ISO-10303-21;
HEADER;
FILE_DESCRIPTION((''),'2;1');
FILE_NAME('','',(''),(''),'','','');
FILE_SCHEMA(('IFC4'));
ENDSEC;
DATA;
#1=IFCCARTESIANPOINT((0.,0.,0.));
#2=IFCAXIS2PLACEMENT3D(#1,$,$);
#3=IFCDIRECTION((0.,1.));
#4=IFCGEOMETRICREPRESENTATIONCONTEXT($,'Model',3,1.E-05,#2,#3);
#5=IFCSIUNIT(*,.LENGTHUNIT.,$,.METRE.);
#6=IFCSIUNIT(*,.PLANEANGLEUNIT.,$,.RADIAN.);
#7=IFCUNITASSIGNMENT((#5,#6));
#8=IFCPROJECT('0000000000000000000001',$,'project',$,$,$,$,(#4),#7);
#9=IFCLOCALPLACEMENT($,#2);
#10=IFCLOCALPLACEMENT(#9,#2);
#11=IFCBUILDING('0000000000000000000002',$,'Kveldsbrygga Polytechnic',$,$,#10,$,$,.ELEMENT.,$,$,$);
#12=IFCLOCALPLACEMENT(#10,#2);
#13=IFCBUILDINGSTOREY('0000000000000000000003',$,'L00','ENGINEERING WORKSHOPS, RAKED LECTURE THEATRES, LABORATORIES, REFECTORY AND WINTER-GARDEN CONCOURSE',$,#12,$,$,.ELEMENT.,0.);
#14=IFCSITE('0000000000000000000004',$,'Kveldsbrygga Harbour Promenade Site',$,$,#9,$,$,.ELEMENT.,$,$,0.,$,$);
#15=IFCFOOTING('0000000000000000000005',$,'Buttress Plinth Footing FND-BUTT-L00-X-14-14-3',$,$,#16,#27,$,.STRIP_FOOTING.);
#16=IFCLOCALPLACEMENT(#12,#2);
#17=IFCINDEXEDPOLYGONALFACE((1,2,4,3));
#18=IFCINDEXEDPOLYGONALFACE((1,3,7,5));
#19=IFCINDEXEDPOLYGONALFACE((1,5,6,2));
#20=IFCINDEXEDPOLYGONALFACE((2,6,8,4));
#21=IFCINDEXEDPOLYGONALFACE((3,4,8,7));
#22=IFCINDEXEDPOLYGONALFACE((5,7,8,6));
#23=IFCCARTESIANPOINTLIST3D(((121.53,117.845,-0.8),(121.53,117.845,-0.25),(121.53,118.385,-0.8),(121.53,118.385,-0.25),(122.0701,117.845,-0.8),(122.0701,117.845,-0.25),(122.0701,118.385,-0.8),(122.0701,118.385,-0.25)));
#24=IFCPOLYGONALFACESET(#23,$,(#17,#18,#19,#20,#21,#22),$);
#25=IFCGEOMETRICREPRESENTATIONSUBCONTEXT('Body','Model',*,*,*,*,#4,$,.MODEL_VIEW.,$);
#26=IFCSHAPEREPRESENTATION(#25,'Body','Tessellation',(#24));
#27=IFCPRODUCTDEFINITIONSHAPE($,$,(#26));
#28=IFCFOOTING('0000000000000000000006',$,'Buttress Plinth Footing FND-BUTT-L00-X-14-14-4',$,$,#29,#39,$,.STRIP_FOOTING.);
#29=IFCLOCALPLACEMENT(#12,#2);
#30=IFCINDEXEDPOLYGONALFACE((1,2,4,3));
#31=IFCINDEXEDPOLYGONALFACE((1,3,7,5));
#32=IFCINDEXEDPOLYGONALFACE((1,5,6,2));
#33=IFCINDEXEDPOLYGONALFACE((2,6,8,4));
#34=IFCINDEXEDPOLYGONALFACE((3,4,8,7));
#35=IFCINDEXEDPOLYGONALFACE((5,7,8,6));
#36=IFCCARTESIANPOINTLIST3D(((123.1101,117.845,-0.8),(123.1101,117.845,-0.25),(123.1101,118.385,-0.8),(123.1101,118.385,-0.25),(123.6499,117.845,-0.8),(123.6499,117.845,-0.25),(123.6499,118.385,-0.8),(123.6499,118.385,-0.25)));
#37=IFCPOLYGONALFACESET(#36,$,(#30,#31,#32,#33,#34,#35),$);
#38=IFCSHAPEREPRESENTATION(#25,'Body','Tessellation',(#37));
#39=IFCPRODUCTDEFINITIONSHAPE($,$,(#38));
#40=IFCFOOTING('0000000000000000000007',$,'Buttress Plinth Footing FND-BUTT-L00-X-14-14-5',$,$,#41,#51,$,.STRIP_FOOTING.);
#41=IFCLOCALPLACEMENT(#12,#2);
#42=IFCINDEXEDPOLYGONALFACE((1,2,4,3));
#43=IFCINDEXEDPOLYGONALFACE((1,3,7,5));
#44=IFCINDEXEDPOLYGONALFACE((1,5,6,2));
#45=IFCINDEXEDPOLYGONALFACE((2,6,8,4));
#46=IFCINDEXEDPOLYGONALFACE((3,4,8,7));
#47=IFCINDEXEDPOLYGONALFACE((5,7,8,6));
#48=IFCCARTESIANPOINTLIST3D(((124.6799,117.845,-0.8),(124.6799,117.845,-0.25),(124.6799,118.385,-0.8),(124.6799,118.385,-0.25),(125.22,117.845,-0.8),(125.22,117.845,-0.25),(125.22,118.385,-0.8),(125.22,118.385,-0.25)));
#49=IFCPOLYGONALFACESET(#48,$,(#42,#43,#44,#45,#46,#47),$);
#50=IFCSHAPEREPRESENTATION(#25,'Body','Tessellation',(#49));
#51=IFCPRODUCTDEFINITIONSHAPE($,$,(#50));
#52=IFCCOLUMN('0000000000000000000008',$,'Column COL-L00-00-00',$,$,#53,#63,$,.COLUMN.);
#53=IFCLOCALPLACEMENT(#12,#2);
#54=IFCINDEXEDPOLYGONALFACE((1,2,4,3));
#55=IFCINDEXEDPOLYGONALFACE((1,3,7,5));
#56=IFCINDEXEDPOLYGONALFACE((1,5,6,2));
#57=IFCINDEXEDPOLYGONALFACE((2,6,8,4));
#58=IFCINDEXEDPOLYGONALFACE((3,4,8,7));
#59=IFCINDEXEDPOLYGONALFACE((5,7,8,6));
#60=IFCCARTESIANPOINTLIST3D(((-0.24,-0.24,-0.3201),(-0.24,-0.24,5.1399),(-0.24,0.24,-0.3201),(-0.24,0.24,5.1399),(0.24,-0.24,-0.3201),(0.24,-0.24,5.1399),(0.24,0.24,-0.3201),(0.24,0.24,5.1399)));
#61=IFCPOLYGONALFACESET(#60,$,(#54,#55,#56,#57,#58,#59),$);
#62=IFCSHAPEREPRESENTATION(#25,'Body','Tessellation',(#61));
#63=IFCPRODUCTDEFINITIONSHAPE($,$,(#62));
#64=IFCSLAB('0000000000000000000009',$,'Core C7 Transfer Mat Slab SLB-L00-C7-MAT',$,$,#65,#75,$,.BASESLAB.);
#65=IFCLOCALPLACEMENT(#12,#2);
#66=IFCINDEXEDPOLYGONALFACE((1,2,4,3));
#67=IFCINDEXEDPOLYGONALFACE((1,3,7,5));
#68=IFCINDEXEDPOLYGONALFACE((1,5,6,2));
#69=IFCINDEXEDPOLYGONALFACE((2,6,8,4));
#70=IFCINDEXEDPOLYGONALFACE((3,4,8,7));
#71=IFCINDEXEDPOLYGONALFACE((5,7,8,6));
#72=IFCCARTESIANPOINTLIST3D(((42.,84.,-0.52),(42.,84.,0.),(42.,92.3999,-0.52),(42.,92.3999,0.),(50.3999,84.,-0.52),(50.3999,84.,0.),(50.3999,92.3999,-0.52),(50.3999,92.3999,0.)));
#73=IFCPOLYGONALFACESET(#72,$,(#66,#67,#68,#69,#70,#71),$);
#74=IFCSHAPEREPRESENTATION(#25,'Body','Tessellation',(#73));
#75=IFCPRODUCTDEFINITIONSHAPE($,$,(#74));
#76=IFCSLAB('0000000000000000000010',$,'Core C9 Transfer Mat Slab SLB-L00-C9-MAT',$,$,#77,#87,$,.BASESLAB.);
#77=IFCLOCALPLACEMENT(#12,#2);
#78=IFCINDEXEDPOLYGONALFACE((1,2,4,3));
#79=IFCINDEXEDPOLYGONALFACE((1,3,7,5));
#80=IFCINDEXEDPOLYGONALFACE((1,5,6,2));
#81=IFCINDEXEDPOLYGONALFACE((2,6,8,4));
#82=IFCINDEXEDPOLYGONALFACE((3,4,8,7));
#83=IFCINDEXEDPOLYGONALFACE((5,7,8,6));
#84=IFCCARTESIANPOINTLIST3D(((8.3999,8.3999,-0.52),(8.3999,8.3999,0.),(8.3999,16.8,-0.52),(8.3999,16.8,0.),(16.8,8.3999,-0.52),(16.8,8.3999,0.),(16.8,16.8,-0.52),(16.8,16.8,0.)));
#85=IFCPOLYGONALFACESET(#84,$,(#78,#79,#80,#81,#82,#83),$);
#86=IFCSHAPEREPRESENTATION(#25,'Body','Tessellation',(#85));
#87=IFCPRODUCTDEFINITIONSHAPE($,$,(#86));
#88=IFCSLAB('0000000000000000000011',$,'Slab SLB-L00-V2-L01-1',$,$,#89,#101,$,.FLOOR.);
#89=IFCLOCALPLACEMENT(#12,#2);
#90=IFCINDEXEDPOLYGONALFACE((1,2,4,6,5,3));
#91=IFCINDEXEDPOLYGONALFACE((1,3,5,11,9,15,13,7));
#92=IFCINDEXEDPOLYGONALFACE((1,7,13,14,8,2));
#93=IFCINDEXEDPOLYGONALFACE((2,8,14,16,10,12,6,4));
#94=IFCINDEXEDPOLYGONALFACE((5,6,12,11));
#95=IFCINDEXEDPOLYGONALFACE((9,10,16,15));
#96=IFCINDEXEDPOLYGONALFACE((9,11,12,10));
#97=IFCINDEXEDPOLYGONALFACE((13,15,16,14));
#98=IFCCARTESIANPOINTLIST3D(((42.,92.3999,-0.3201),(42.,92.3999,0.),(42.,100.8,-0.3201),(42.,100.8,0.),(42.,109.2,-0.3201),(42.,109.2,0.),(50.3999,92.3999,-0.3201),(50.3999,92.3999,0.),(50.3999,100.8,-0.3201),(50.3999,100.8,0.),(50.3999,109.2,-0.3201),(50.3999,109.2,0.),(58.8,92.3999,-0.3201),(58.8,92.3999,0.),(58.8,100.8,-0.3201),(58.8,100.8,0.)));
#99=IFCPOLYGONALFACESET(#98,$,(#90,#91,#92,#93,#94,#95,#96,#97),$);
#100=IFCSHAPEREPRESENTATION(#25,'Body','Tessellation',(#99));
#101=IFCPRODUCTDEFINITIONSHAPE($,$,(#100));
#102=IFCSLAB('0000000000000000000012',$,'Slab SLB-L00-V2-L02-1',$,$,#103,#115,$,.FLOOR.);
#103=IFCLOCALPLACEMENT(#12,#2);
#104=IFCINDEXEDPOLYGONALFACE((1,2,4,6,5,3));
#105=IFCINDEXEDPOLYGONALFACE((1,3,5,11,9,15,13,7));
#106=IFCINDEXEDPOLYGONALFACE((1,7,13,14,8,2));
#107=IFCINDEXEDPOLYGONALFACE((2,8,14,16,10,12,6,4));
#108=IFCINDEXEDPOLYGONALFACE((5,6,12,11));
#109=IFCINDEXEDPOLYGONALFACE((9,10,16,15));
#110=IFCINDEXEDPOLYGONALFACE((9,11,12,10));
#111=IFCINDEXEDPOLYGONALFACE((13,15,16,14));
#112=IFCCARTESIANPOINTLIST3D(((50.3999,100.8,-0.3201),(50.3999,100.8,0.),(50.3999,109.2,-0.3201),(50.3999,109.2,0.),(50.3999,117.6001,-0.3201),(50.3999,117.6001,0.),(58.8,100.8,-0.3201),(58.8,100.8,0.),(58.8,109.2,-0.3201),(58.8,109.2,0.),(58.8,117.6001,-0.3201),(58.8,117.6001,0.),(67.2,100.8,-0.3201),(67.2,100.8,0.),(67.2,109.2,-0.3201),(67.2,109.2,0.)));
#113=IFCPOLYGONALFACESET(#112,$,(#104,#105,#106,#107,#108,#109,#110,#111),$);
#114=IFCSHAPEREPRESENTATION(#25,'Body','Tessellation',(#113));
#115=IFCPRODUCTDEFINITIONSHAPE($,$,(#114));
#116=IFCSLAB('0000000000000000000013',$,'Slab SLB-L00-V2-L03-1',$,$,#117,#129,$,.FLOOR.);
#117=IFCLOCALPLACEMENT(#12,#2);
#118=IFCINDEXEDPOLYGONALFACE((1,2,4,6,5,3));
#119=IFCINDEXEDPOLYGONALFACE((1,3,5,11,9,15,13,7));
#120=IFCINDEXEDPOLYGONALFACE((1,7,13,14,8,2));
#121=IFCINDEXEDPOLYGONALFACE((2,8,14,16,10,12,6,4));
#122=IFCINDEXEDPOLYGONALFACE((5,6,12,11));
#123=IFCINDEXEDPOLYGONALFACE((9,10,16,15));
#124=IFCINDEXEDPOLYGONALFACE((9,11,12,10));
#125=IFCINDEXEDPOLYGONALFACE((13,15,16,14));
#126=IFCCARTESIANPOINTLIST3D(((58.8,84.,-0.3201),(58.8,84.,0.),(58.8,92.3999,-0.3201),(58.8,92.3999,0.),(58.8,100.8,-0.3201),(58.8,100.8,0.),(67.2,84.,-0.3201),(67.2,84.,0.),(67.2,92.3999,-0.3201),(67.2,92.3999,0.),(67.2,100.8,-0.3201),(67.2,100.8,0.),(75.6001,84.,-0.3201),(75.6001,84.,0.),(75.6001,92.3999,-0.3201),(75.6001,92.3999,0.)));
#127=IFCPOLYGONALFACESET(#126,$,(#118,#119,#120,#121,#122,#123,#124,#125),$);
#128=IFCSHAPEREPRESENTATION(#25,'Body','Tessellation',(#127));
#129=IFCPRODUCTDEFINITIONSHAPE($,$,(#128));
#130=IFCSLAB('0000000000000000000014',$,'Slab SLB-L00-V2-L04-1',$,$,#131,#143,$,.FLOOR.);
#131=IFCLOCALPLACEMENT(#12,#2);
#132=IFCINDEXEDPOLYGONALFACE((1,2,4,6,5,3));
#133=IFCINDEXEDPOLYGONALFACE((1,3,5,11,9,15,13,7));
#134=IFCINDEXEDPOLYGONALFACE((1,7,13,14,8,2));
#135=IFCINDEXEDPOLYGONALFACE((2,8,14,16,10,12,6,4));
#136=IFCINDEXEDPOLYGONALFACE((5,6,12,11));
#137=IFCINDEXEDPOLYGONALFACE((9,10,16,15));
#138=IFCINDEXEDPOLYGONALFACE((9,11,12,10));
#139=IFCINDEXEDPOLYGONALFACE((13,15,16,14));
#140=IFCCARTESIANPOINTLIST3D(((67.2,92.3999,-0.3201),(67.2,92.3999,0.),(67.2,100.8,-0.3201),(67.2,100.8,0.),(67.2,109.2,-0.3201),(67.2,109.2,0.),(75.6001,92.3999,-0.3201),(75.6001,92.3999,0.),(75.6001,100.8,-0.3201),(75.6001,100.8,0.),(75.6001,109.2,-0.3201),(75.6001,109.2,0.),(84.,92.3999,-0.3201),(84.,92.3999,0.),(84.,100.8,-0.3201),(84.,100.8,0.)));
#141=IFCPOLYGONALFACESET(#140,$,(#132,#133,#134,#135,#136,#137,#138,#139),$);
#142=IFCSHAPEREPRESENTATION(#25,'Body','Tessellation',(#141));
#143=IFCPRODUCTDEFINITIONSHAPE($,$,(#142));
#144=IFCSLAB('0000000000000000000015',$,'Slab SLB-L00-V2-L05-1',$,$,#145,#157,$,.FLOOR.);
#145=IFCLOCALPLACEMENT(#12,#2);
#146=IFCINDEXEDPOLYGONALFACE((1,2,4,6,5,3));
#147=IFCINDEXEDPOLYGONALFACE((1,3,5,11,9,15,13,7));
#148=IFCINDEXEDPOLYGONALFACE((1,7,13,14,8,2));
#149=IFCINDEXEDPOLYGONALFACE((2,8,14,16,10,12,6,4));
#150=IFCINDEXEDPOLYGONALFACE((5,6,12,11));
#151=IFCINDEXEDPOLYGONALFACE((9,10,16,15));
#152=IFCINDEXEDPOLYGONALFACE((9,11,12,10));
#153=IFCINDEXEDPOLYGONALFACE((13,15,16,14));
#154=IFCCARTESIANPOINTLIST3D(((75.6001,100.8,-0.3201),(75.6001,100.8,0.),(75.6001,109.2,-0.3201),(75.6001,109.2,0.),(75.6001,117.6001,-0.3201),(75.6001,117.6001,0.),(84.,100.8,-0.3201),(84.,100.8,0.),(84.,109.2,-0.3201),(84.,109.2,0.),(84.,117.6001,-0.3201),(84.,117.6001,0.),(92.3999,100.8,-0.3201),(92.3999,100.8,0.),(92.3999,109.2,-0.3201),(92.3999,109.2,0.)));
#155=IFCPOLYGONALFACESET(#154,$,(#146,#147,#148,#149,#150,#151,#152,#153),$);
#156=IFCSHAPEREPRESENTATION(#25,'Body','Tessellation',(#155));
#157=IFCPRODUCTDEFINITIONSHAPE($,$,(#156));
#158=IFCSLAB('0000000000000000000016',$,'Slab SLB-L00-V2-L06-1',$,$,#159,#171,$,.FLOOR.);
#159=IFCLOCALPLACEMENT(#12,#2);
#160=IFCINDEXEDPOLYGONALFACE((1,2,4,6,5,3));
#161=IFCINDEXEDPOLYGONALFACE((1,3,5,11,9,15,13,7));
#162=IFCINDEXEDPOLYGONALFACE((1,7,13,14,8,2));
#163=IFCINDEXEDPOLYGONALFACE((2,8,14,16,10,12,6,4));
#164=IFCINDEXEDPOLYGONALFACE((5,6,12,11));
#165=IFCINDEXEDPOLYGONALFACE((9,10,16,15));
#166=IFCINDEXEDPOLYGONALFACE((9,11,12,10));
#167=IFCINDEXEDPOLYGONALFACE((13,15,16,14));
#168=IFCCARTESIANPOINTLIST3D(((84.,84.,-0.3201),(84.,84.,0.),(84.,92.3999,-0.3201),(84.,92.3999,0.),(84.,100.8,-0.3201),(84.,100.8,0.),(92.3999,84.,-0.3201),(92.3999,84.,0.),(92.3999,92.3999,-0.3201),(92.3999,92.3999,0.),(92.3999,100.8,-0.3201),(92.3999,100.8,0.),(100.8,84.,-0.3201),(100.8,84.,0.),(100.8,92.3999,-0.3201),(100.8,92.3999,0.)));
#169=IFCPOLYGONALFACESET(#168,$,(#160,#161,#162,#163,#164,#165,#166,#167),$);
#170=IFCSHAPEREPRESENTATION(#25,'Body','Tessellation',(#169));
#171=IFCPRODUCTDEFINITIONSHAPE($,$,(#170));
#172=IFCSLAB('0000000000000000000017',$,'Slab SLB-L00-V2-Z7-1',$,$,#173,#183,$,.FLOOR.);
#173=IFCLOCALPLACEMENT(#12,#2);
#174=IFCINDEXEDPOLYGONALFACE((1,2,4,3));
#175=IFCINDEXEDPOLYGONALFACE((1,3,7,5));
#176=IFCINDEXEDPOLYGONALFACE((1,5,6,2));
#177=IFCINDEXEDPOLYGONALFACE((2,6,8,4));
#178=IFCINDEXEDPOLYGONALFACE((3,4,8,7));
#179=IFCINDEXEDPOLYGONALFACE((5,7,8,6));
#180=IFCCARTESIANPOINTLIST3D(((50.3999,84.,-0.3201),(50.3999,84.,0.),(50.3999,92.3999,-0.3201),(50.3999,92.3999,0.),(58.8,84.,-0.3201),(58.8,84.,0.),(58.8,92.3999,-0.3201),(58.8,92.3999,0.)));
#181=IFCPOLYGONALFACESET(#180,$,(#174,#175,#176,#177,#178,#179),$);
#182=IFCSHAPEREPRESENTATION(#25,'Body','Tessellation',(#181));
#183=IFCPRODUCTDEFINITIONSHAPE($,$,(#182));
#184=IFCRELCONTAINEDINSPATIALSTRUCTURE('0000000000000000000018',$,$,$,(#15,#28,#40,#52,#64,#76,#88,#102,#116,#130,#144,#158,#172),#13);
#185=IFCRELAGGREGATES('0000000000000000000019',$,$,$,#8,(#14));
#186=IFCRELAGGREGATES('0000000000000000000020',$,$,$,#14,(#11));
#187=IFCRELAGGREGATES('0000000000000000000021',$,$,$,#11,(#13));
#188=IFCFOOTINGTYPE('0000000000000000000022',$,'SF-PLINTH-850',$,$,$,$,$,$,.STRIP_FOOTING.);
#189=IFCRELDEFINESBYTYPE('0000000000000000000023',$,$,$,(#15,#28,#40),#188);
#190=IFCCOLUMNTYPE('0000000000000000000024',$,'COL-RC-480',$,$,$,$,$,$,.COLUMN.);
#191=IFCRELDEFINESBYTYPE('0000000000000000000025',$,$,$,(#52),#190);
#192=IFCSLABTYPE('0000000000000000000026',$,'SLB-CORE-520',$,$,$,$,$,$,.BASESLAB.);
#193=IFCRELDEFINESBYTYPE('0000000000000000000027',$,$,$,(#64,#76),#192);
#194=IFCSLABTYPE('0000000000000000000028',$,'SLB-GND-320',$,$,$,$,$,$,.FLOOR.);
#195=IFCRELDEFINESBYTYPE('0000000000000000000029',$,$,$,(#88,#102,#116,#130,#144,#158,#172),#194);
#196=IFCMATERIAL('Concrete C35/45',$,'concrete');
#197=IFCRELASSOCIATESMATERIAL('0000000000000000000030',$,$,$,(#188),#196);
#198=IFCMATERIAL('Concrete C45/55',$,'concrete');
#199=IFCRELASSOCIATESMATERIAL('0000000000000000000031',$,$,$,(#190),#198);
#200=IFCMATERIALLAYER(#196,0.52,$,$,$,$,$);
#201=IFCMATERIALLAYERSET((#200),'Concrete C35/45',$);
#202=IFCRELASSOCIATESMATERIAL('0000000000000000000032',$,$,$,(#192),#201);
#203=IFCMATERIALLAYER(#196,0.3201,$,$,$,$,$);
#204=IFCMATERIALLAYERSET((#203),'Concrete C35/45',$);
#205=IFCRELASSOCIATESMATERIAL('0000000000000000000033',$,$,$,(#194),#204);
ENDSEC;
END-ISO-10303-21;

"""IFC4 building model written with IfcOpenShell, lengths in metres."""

from ifc_helpers import new_model, si_unit, direction, frame, origin, origin_2d, place, context, subcontext, project, spatial, polyline, rectangle, outline, extrude, material, layer, layer_set, material_profile, profile_set, type_object, element, save


model = new_model("IFC4")

# Units and contexts
model_context = context("Model", 3, precision=1e-05, world=origin(), true_north=direction((0.0, 1.0)))
body_context = subcontext(model_context, "Body", "Model", "MODEL_VIEW")
ifc_project = project(units=[si_unit("LENGTHUNIT", "METRE"), si_unit("PLANEANGLEUNIT", "RADIAN")], contexts=[model_context])

# Site, building, storey
site_placement = place(None, origin())
site = spatial("IfcSite", under=ifc_project, at=site_placement, Name="Kveldsbrygga Harbour Promenade Site", CompositionType="ELEMENT", RefElevation=0.0)
building_placement = place(site_placement, origin())
building = spatial("IfcBuilding", under=site, at=building_placement, Name="Kveldsbrygga Polytechnic", CompositionType="ELEMENT")
storey_placement = place(building_placement, origin())
storey = spatial("IfcBuildingStorey", under=building, at=storey_placement, Name="L00", Description="ENGINEERING WORKSHOPS, RAKED LECTURE THEATRES, LABORATORIES, REFECTORY AND WINTER-GARDEN CONCOURSE", CompositionType="ELEMENT", Elevation=0.0)

# Footings
ifc_material_1 = material(Name="Concrete C35/45", Category="concrete")
footing_type = type_object("IfcFootingType", Name="SF-PLINTH-850", PredefinedType="STRIP_FOOTING", material=ifc_material_1)
footing_1_placement = place(storey_placement, frame((0.0, 0.0, -0.8)))
element("IfcFooting", 1, at=footing_1_placement, inside=storey, type_object=footing_type, Name="Buttress Plinth Footing FND-BUTT-L00-X-14-14-3", PredefinedType="STRIP_FOOTING", context=body_context, shape_type="SweptSolid", body=[
    extrude(outline(polyline([(121.53, 117.845), (122.0701, 117.845), (122.0701, 118.385), (121.53, 118.385), (121.53, 117.845)])), origin(), (0.0, 0.0, 1.0), 0.55),
])
footing_2_placement = place(storey_placement, frame((0.0, 0.0, -0.8)))
element("IfcFooting", 2, at=footing_2_placement, inside=storey, type_object=footing_type, Name="Buttress Plinth Footing FND-BUTT-L00-X-14-14-4", PredefinedType="STRIP_FOOTING", context=body_context, shape_type="SweptSolid", body=[
    extrude(outline(polyline([(123.1101, 117.845), (123.6499, 117.845), (123.6499, 118.385), (123.1101, 118.385), (123.1101, 117.845)])), origin(), (0.0, 0.0, 1.0), 0.55),
])
footing_3_placement = place(storey_placement, frame((0.0, 0.0, -0.8)))
element("IfcFooting", 3, at=footing_3_placement, inside=storey, type_object=footing_type, Name="Buttress Plinth Footing FND-BUTT-L00-X-14-14-5", PredefinedType="STRIP_FOOTING", context=body_context, shape_type="SweptSolid", body=[
    extrude(outline(polyline([(124.6799, 117.845), (125.22, 117.845), (125.22, 118.385), (124.6799, 118.385), (124.6799, 117.845)])), origin(), (0.0, 0.0, 1.0), 0.55),
])

# Column
ifc_material_2 = material(Name="Concrete C45/55", Category="concrete")
ifc_material_profile = material_profile(ifc_material_2, rectangle(XDim=0.48, YDim=0.48, at=origin_2d()), Name="RC 480x480")
ifc_profile_set = profile_set([ifc_material_profile], Name="Concrete C45/55")
column_type = type_object("IfcColumnType", Name="COL-RC-480", PredefinedType="COLUMN", material=ifc_profile_set)
column_placement = place(storey_placement, frame((0.0, 0.0, -0.3201), z_axis=(0.0, 0.0, 1.0), x_axis=(1.0, 0.0, 0.0)))
element("IfcColumn", 4, at=column_placement, inside=storey, type_object=column_type, Name="Column COL-L00-00-00", PredefinedType="COLUMN", context=body_context, shape_type="SweptSolid", body=[
    extrude(rectangle(XDim=0.48, YDim=0.48, at=origin_2d()), origin(), (0.0, 0.0, 1.0), 5.46),
])

# Slabs
ifc_layer_1 = layer(ifc_material_1, 0.52)
ifc_layer_set_1 = layer_set([ifc_layer_1], Name="Concrete C35/45")
slab_type_1 = type_object("IfcSlabType", Name="SLB-CORE-520", PredefinedType="BASESLAB", material=ifc_layer_set_1)
slab_1_placement = place(storey_placement, frame((0.0, 0.0, -0.52)))
element("IfcSlab", 5, at=slab_1_placement, inside=storey, type_object=slab_type_1, Name="Core C7 Transfer Mat Slab SLB-L00-C7-MAT", PredefinedType="BASESLAB", context=body_context, shape_type="SweptSolid", body=[
    extrude(outline(polyline([(42.0, 84.0), (50.3999, 84.0), (50.3999, 92.3999), (42.0, 92.3999), (42.0, 84.0)])), origin(), (0.0, 0.0, 1.0), 0.52),
])
slab_2_placement = place(storey_placement, frame((0.0, 0.0, -0.52)))
element("IfcSlab", 6, at=slab_2_placement, inside=storey, type_object=slab_type_1, Name="Core C9 Transfer Mat Slab SLB-L00-C9-MAT", PredefinedType="BASESLAB", context=body_context, shape_type="SweptSolid", body=[
    extrude(outline(polyline([(8.3999, 8.3999), (16.8, 8.3999), (16.8, 16.8), (8.3999, 16.8), (8.3999, 8.3999)])), origin(), (0.0, 0.0, 1.0), 0.52),
])
ifc_layer_2 = layer(ifc_material_1, 0.3201)
ifc_layer_set_2 = layer_set([ifc_layer_2], Name="Concrete C35/45")
slab_type_2 = type_object("IfcSlabType", Name="SLB-GND-320", PredefinedType="FLOOR", material=ifc_layer_set_2)
slab_3_placement = place(storey_placement, frame((0.0, 0.0, -0.3201)))
element("IfcSlab", 7, at=slab_3_placement, inside=storey, type_object=slab_type_2, Name="Slab SLB-L00-V2-L01-1", PredefinedType="FLOOR", context=body_context, shape_type="SweptSolid", body=[
    extrude(outline(polyline([(42.0, 92.3999), (42.0, 100.8), (42.0, 109.2), (50.3999, 109.2), (50.3999, 100.8), (58.8, 100.8), (58.8, 92.3999), (50.3999, 92.3999), (42.0, 92.3999)])), origin(), (0.0, 0.0, 1.0), 0.3201),
])
slab_4_placement = place(storey_placement, frame((0.0, 0.0, -0.3201)))
element("IfcSlab", 8, at=slab_4_placement, inside=storey, type_object=slab_type_2, Name="Slab SLB-L00-V2-L02-1", PredefinedType="FLOOR", context=body_context, shape_type="SweptSolid", body=[
    extrude(outline(polyline([(50.3999, 100.8), (50.3999, 109.2), (50.3999, 117.6001), (58.8, 117.6001), (58.8, 109.2), (67.2, 109.2), (67.2, 100.8), (58.8, 100.8), (50.3999, 100.8)])), origin(), (0.0, 0.0, 1.0), 0.3201),
])
slab_5_placement = place(storey_placement, frame((0.0, 0.0, -0.3201)))
element("IfcSlab", 9, at=slab_5_placement, inside=storey, type_object=slab_type_2, Name="Slab SLB-L00-V2-L03-1", PredefinedType="FLOOR", context=body_context, shape_type="SweptSolid", body=[
    extrude(outline(polyline([(58.8, 84.0), (58.8, 92.3999), (58.8, 100.8), (67.2, 100.8), (67.2, 92.3999), (75.6001, 92.3999), (75.6001, 84.0), (67.2, 84.0), (58.8, 84.0)])), origin(), (0.0, 0.0, 1.0), 0.3201),
])
slab_6_placement = place(storey_placement, frame((0.0, 0.0, -0.3201)))
element("IfcSlab", 10, at=slab_6_placement, inside=storey, type_object=slab_type_2, Name="Slab SLB-L00-V2-L04-1", PredefinedType="FLOOR", context=body_context, shape_type="SweptSolid", body=[
    extrude(outline(polyline([(67.2, 92.3999), (67.2, 100.8), (67.2, 109.2), (75.6001, 109.2), (75.6001, 100.8), (84.0, 100.8), (84.0, 92.3999), (75.6001, 92.3999), (67.2, 92.3999)])), origin(), (0.0, 0.0, 1.0), 0.3201),
])
slab_7_placement = place(storey_placement, frame((0.0, 0.0, -0.3201)))
element("IfcSlab", 11, at=slab_7_placement, inside=storey, type_object=slab_type_2, Name="Slab SLB-L00-V2-L05-1", PredefinedType="FLOOR", context=body_context, shape_type="SweptSolid", body=[
    extrude(outline(polyline([(75.6001, 100.8), (75.6001, 109.2), (75.6001, 117.6001), (84.0, 117.6001), (84.0, 109.2), (92.3999, 109.2), (92.3999, 100.8), (84.0, 100.8), (75.6001, 100.8)])), origin(), (0.0, 0.0, 1.0), 0.3201),
])
slab_8_placement = place(storey_placement, frame((0.0, 0.0, -0.3201)))
element("IfcSlab", 12, at=slab_8_placement, inside=storey, type_object=slab_type_2, Name="Slab SLB-L00-V2-L06-1", PredefinedType="FLOOR", context=body_context, shape_type="SweptSolid", body=[
    extrude(outline(polyline([(84.0, 84.0), (84.0, 92.3999), (84.0, 100.8), (92.3999, 100.8), (92.3999, 92.3999), (100.8, 92.3999), (100.8, 84.0), (92.3999, 84.0), (84.0, 84.0)])), origin(), (0.0, 0.0, 1.0), 0.3201),
])
slab_9_placement = place(storey_placement, frame((0.0, 0.0, -0.3201)))
element("IfcSlab", 13, at=slab_9_placement, inside=storey, type_object=slab_type_2, Name="Slab SLB-L00-V2-Z7-1", PredefinedType="FLOOR", context=body_context, shape_type="SweptSolid", body=[
    extrude(outline(polyline([(50.3999, 84.0), (50.3999, 92.3999), (58.8, 92.3999), (58.8, 84.0), (50.3999, 84.0)])), origin(), (0.0, 0.0, 1.0), 0.3201),
])

save(model, "model.ifc")
